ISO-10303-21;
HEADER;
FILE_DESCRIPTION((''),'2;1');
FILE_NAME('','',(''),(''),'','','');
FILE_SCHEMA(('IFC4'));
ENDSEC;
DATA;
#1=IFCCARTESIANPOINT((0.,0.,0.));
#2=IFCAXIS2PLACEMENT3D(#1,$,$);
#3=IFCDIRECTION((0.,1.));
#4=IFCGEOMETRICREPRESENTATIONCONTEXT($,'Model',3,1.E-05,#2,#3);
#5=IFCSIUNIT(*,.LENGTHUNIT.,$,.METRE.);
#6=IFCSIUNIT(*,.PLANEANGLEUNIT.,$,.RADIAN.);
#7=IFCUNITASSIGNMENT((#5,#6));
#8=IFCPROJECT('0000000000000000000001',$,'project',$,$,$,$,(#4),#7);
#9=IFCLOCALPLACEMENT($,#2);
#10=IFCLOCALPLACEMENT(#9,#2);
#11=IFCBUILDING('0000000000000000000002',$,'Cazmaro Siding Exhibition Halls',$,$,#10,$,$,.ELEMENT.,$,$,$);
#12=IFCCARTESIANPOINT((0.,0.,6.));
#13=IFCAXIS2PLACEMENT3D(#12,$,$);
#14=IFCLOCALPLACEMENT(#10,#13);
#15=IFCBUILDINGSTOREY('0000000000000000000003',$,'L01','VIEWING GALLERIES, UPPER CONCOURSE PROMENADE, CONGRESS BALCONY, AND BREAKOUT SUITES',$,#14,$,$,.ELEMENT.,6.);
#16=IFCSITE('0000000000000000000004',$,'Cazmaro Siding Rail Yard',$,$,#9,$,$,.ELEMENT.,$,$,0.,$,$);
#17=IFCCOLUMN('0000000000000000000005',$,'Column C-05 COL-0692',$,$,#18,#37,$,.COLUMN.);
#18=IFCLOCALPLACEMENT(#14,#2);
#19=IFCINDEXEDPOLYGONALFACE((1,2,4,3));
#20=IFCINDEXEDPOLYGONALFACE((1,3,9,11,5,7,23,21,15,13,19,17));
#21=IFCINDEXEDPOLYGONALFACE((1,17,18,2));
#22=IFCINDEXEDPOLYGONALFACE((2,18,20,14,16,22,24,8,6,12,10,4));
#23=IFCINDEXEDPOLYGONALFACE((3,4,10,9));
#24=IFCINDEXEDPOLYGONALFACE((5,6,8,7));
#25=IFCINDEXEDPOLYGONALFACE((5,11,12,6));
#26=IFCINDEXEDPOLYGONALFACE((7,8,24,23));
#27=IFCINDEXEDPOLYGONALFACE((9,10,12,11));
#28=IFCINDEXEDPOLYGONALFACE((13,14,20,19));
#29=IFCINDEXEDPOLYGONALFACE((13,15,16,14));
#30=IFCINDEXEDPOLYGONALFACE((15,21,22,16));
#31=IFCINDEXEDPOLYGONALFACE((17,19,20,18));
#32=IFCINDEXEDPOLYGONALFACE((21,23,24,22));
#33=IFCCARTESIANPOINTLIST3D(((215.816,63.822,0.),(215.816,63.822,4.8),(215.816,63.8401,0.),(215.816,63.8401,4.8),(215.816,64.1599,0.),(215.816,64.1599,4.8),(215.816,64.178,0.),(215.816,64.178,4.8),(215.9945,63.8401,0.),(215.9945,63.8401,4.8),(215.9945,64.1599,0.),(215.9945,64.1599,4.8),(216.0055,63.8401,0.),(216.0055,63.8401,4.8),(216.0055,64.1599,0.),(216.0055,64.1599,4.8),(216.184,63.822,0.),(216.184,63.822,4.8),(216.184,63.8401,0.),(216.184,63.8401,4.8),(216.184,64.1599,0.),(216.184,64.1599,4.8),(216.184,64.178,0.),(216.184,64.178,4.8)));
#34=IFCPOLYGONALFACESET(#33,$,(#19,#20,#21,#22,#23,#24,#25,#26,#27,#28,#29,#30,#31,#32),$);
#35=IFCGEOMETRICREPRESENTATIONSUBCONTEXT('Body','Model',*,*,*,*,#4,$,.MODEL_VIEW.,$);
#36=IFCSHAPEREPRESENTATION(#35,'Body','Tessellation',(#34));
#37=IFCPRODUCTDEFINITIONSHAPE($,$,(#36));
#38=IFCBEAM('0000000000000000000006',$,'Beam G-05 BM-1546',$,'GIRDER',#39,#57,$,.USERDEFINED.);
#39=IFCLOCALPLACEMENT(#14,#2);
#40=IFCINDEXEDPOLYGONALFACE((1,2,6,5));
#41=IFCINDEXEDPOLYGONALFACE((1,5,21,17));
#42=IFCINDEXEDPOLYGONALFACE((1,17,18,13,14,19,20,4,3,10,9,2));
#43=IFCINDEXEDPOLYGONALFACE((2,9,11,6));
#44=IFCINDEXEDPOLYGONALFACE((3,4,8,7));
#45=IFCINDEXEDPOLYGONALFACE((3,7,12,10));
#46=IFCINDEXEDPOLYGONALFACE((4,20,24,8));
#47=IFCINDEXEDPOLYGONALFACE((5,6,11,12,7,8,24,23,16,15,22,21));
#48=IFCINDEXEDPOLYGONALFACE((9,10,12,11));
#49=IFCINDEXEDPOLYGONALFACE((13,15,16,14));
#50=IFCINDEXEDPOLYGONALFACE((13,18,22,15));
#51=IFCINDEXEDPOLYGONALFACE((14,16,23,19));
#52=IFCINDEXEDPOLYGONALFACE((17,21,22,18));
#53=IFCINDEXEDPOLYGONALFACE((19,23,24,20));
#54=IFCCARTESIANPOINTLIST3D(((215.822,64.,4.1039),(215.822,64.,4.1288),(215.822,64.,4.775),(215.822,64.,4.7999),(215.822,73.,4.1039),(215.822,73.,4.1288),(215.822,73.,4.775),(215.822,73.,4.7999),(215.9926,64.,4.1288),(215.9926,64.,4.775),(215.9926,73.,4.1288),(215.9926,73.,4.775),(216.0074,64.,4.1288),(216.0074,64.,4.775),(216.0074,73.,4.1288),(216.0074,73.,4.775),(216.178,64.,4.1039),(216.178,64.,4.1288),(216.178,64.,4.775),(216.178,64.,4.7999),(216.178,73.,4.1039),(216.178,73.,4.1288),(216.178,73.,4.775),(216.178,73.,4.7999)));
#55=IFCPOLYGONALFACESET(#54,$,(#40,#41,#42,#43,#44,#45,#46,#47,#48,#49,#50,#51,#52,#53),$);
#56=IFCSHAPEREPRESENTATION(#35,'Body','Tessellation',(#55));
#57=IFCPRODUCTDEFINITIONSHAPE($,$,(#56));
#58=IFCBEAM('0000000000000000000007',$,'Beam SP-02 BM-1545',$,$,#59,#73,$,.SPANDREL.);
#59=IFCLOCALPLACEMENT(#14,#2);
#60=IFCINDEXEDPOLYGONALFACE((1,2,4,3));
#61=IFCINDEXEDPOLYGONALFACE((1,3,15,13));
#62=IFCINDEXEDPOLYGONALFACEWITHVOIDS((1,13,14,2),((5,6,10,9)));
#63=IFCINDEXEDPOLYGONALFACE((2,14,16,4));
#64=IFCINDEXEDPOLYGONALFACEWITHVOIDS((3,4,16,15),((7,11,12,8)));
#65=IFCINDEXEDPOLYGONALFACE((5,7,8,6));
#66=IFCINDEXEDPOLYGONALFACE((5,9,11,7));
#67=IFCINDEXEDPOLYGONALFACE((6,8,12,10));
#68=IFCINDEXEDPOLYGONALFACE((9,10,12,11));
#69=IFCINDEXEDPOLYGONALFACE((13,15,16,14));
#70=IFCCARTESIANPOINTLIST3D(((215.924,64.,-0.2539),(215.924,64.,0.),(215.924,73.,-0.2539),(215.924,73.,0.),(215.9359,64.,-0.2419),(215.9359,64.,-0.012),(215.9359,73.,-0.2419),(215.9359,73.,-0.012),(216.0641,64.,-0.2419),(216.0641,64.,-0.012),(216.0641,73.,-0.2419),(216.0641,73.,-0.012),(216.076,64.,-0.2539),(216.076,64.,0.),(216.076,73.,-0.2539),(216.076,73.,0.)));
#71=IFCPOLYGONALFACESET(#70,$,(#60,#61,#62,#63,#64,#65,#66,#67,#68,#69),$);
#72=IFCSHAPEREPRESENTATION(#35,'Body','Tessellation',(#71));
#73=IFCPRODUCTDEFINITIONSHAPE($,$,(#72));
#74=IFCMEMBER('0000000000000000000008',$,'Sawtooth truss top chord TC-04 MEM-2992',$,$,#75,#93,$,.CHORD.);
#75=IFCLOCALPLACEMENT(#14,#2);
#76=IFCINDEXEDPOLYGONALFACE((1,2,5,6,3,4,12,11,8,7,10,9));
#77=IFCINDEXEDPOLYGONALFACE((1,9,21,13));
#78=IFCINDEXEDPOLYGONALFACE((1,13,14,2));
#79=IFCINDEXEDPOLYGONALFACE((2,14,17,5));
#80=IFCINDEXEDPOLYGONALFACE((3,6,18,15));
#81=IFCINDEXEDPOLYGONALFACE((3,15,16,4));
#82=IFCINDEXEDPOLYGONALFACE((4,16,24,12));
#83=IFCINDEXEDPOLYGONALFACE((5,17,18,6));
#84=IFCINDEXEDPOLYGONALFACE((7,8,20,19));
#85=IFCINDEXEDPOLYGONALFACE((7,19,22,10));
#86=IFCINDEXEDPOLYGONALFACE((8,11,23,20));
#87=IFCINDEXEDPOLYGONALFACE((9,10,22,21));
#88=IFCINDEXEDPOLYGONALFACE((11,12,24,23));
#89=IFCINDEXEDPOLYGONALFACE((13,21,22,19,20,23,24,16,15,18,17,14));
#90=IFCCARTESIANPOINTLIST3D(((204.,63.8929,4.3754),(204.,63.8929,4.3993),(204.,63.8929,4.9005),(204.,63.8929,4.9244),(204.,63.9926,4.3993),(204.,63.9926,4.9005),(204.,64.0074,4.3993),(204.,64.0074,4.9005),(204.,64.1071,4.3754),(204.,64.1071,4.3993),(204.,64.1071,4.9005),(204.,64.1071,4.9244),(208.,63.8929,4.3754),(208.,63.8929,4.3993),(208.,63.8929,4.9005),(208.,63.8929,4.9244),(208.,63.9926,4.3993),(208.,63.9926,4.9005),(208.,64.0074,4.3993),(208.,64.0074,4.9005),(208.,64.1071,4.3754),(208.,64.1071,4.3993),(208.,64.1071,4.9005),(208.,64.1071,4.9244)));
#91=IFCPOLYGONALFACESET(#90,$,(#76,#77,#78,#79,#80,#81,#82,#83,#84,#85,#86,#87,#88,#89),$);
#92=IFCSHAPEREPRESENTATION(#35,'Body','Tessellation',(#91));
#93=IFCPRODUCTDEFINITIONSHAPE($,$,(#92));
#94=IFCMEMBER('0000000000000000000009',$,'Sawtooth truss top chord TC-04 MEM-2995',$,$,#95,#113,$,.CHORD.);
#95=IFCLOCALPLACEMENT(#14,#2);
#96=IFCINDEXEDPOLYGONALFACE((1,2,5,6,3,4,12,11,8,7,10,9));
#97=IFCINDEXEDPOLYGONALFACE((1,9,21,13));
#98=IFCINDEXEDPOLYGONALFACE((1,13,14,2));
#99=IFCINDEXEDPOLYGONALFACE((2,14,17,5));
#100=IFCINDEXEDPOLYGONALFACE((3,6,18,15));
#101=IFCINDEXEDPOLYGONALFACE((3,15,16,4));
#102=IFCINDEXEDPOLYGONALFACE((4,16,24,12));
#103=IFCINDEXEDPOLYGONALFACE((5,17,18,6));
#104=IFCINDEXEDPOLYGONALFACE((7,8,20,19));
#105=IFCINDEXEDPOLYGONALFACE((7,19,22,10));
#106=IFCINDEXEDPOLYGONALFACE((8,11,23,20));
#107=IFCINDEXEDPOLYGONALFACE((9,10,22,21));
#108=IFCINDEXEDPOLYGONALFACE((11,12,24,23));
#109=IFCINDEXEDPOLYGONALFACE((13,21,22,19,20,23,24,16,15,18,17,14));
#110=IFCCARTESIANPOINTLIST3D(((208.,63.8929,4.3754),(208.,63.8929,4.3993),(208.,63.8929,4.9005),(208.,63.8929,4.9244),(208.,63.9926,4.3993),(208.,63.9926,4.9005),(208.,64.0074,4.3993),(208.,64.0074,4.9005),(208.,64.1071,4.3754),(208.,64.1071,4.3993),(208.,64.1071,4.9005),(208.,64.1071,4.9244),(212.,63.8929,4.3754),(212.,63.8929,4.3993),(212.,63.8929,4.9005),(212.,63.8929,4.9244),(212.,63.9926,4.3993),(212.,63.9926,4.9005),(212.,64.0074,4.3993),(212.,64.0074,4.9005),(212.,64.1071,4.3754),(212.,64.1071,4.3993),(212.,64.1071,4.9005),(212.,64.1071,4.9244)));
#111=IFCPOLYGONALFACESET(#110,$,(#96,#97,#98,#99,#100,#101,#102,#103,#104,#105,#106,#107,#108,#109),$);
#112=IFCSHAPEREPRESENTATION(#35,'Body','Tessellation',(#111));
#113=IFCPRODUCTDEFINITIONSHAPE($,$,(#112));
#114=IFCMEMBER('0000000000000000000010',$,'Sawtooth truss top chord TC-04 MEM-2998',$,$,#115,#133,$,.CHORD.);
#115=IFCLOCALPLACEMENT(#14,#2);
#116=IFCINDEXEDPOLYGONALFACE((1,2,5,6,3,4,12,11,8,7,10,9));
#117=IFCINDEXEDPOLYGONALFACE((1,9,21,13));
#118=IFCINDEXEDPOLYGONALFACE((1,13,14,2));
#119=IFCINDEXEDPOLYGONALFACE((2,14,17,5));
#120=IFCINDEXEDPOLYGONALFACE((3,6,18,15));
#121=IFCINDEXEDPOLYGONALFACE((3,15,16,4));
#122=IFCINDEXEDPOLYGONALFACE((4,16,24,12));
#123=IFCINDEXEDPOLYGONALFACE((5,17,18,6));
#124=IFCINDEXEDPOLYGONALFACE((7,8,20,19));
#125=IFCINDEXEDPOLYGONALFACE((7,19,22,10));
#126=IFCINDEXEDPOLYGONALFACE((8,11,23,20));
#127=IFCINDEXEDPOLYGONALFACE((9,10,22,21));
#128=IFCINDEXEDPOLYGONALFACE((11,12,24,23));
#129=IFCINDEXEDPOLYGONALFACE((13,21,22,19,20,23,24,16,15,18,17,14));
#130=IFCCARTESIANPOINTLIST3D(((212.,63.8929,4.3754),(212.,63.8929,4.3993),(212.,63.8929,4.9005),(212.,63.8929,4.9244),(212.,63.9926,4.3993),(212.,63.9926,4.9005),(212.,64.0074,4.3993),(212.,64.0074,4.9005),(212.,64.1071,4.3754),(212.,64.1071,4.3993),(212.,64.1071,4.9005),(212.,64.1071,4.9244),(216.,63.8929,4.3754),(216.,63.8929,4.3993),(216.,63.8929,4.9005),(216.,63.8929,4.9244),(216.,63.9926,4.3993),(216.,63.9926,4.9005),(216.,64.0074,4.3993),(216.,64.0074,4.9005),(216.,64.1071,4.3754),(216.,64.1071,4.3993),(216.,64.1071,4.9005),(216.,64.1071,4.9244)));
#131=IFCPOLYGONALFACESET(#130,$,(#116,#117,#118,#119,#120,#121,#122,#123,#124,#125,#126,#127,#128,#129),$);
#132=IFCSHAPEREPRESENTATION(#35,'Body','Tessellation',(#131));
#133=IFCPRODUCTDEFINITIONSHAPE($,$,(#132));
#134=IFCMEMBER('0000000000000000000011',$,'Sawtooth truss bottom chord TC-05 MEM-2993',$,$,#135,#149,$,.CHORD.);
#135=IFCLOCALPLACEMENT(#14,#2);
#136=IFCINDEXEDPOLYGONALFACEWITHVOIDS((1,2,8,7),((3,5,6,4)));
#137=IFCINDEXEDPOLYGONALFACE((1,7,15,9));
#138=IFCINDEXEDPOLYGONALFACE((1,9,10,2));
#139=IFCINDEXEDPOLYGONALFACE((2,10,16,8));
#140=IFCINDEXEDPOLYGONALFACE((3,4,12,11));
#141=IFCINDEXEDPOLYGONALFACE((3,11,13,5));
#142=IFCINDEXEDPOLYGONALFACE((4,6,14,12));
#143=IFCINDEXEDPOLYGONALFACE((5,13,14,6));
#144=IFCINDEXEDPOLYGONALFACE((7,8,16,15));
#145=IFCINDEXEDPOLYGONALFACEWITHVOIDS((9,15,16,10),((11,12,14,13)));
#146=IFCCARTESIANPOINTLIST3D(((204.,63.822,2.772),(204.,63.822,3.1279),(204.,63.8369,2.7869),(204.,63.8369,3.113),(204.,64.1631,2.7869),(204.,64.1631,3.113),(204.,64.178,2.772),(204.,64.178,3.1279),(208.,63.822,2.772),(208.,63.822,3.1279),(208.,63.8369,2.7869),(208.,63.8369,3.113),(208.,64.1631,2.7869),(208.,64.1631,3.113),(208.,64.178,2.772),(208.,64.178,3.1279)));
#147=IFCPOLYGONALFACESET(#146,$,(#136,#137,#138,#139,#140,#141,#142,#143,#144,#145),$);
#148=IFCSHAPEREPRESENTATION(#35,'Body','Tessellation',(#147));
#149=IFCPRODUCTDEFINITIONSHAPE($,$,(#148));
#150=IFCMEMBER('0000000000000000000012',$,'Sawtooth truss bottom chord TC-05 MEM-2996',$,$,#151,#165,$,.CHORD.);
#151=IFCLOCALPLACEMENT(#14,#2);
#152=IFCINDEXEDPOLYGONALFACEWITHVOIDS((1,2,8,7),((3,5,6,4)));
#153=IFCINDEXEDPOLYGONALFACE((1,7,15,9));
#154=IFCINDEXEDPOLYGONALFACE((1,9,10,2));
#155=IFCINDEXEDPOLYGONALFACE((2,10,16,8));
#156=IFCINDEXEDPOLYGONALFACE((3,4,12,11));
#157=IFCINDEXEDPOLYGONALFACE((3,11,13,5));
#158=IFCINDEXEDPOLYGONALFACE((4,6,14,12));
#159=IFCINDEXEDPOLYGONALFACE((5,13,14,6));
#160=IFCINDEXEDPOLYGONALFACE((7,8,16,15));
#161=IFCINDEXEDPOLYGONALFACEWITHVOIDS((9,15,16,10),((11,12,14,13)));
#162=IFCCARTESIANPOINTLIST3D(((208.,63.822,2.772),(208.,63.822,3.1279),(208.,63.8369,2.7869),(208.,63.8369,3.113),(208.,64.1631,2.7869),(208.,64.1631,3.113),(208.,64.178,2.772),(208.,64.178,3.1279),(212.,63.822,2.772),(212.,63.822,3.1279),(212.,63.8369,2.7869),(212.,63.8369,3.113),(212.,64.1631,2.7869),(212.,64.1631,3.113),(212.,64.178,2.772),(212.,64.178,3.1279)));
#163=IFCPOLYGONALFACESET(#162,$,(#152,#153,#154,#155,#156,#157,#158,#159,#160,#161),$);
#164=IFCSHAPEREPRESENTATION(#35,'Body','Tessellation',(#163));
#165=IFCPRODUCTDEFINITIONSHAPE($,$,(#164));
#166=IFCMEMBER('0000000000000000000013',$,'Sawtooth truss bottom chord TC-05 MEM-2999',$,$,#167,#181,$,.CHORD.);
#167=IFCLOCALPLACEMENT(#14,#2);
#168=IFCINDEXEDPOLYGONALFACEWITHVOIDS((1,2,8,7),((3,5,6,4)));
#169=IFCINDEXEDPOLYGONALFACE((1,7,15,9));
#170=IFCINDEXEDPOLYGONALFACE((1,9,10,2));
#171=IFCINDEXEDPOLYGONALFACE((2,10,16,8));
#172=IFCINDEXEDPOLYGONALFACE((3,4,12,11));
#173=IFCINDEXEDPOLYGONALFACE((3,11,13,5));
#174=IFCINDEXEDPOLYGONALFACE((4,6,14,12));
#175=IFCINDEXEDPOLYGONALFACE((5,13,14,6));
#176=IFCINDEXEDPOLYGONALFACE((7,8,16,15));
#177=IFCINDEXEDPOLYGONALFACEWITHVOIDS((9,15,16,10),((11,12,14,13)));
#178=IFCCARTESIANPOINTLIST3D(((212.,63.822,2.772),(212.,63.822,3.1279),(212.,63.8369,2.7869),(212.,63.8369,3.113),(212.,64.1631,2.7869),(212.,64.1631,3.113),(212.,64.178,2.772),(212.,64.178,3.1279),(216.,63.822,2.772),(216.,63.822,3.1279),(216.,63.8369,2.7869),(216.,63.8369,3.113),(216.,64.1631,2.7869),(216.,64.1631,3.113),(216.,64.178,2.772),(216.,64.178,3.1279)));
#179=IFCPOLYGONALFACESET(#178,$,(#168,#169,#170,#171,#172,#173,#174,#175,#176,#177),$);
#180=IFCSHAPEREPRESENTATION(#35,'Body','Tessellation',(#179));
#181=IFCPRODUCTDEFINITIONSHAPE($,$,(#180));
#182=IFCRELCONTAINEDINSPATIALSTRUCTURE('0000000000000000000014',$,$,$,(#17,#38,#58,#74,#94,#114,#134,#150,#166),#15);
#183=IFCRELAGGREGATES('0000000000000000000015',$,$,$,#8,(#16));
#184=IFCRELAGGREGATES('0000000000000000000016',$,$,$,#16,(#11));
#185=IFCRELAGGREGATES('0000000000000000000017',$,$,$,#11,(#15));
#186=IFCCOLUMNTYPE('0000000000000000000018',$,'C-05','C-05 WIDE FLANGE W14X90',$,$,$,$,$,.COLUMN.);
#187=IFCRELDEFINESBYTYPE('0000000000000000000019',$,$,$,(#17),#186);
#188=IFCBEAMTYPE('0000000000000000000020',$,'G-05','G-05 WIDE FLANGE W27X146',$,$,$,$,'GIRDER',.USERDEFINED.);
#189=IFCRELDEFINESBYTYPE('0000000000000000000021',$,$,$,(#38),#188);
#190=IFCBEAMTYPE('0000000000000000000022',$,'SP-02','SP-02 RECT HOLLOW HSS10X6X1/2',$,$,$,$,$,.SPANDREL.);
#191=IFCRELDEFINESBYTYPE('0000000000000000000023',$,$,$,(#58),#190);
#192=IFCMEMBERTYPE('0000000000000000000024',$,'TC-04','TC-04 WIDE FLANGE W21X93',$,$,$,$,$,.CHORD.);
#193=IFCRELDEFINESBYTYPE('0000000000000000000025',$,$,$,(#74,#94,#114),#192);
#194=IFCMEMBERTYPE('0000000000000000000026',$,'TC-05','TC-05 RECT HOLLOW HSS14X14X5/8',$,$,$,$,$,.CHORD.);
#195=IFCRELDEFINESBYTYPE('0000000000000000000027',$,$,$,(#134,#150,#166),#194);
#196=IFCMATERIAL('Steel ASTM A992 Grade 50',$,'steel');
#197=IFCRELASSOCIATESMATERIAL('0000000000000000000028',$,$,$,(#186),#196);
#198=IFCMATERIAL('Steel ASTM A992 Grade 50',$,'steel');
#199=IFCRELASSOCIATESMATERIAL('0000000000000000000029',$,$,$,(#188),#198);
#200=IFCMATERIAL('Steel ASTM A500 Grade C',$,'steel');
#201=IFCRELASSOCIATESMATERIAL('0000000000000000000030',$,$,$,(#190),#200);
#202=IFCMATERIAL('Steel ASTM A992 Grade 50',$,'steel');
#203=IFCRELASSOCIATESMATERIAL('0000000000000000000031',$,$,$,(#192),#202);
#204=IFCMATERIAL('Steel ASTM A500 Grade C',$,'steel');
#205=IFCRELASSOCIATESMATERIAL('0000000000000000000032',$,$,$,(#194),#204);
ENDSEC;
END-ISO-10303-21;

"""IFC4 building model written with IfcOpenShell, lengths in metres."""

from ifc_helpers import new_model, si_unit, direction, frame, origin, origin_2d, place, context, subcontext, project, spatial, hollow_rectangle, i_section, extrude, material, material_profile, profile_set, type_object, element, save


model = new_model("IFC4")

# Units and contexts
model_context = context("Model", 3, precision=1e-05, world=origin(), true_north=direction((0.0, 1.0)))
body_context = subcontext(model_context, "Body", "Model", "MODEL_VIEW")
ifc_project = project(units=[si_unit("LENGTHUNIT", "METRE"), si_unit("PLANEANGLEUNIT", "RADIAN")], contexts=[model_context])

# Site, building, storey
site_placement = place(None, origin())
site = spatial("IfcSite", under=ifc_project, at=site_placement, Name="Cazmaro Siding Rail Yard", CompositionType="ELEMENT", RefElevation=0.0)
building_placement = place(site_placement, origin())
building = spatial("IfcBuilding", under=site, at=building_placement, Name="Cazmaro Siding Exhibition Halls", CompositionType="ELEMENT")
storey_placement = place(building_placement, frame((0.0, 0.0, 6.0)))
storey = spatial("IfcBuildingStorey", under=building, at=storey_placement, Name="L01", Description="VIEWING GALLERIES, UPPER CONCOURSE PROMENADE, CONGRESS BALCONY, AND BREAKOUT SUITES", CompositionType="ELEMENT", Elevation=6.0)

# Column
ifc_material_1 = material(Name="Steel ASTM A992 Grade 50", Category="steel")
ifc_material_profile_1 = material_profile(ifc_material_1, i_section(OverallWidth=0.3679, OverallDepth=0.356, WebThickness=0.011, FlangeThickness=0.0181, at=origin_2d()), Name="W14X90")
ifc_profile_set_1 = profile_set([ifc_material_profile_1], Name="Steel ASTM A992 Grade 50")
column_type = type_object("IfcColumnType", Name="C-05", Description="C-05 WIDE FLANGE W14X90", PredefinedType="COLUMN", material=ifc_profile_set_1)
column_placement = place(storey_placement, frame((216.0, 64.0, 0.0), z_axis=(0.0, 0.0, 1.0), x_axis=(1.0, 0.0, 0.0)))
element("IfcColumn", 1, at=column_placement, inside=storey, type_object=column_type, Name="Column C-05 COL-0692", PredefinedType="COLUMN", context=body_context, shape_type="SweptSolid", body=[
    extrude(i_section(OverallWidth=0.3679, OverallDepth=0.356, WebThickness=0.011, FlangeThickness=0.0181, at=origin_2d()), origin(), (0.0, 0.0, 1.0), 4.8),
])

# Beams
ifc_material_2 = material(Name="Steel ASTM A992 Grade 50", Category="steel")
ifc_material_profile_2 = material_profile(ifc_material_2, i_section(OverallWidth=0.356, OverallDepth=0.696, WebThickness=0.0149, FlangeThickness=0.0249, at=origin_2d()), Name="W27X146")
ifc_profile_set_2 = profile_set([ifc_material_profile_2], Name="Steel ASTM A992 Grade 50")
beam_type_1 = type_object("IfcBeamType", Name="G-05", Description="G-05 WIDE FLANGE W27X146", ElementType="GIRDER", PredefinedType="USERDEFINED", material=ifc_profile_set_2)
beam_1_placement = place(storey_placement, frame((216.0, 64.0, 4.4519), z_axis=(0.0, 1.0, 0.0), x_axis=(-1.0, 0.0, 0.0)))
element("IfcBeam", 2, at=beam_1_placement, inside=storey, type_object=beam_type_1, Name="Beam G-05 BM-1546", ObjectType="GIRDER", PredefinedType="USERDEFINED", context=body_context, shape_type="SweptSolid", body=[
    extrude(i_section(OverallWidth=0.356, OverallDepth=0.696, WebThickness=0.0149, FlangeThickness=0.0249, at=origin_2d()), origin(), (0.0, 0.0, 1.0), 9.0),
])
ifc_material_3 = material(Name="Steel ASTM A500 Grade C", Category="steel")
ifc_material_profile_3 = material_profile(ifc_material_3, hollow_rectangle(XDim=0.1521, YDim=0.2539, WallThickness=0.012, at=origin_2d()), Name="HSS10X6X1/2")
ifc_profile_set_3 = profile_set([ifc_material_profile_3], Name="Steel ASTM A500 Grade C")
beam_type_2 = type_object("IfcBeamType", Name="SP-02", Description="SP-02 RECT HOLLOW HSS10X6X1/2", PredefinedType="SPANDREL", material=ifc_profile_set_3)
beam_2_placement = place(storey_placement, frame((216.0, 64.0, -0.127), z_axis=(0.0, 1.0, 0.0), x_axis=(-1.0, 0.0, 0.0)))
element("IfcBeam", 3, at=beam_2_placement, inside=storey, type_object=beam_type_2, Name="Beam SP-02 BM-1545", PredefinedType="SPANDREL", context=body_context, shape_type="SweptSolid", body=[
    extrude(hollow_rectangle(XDim=0.1521, YDim=0.2539, WallThickness=0.012, at=origin_2d()), origin(), (0.0, 0.0, 1.0), 9.0),
])

# Members
ifc_material_4 = material(Name="Steel ASTM A992 Grade 50", Category="steel")
ifc_material_profile_4 = material_profile(ifc_material_4, i_section(OverallWidth=0.2141, OverallDepth=0.5491, WebThickness=0.0149, FlangeThickness=0.0239, at=origin_2d()), Name="W21X93")
ifc_profile_set_4 = profile_set([ifc_material_profile_4], Name="Steel ASTM A992 Grade 50")
member_type_1 = type_object("IfcMemberType", Name="TC-04", Description="TC-04 WIDE FLANGE W21X93", PredefinedType="CHORD", material=ifc_profile_set_4)
for number, where, z_axis, x_axis, name in (
    (4, (204.0, 64.0, 4.6499), (1.0, 0.0, 0.0), (0.0, 1.0, 0.0), "Sawtooth truss top chord TC-04 MEM-2992"),
    (5, (208.0, 64.0, 4.6499), (1.0, 0.0, 0.0), (0.0, 1.0, 0.0), "Sawtooth truss top chord TC-04 MEM-2995"),
    (6, (212.0, 64.0, 4.6499), (1.0, 0.0, 0.0), (0.0, 1.0, 0.0), "Sawtooth truss top chord TC-04 MEM-2998"),
):
    element("IfcMember", number, at=place(storey_placement, frame(where, z_axis=z_axis, x_axis=x_axis)), inside=storey, type_object=member_type_1, Name=name, PredefinedType="CHORD", context=body_context, shape_type="SweptSolid", body=[
        extrude(i_section(OverallWidth=0.2141, OverallDepth=0.5491, WebThickness=0.0149, FlangeThickness=0.0239, at=origin_2d()), origin(), (0.0, 0.0, 1.0), 4.0),
    ])
ifc_material_5 = material(Name="Steel ASTM A500 Grade C", Category="steel")
ifc_material_profile_5 = material_profile(ifc_material_5, hollow_rectangle(XDim=0.356, YDim=0.356, WallThickness=0.0149, at=origin_2d()), Name="HSS14X14X5/8")
ifc_profile_set_5 = profile_set([ifc_material_profile_5], Name="Steel ASTM A500 Grade C")
member_type_2 = type_object("IfcMemberType", Name="TC-05", Description="TC-05 RECT HOLLOW HSS14X14X5/8", PredefinedType="CHORD", material=ifc_profile_set_5)
for number, where, z_axis, x_axis, name in (
    (7, (204.0, 64.0, 2.95), (1.0, 0.0, 0.0), (0.0, 1.0, 0.0), "Sawtooth truss bottom chord TC-05 MEM-2993"),
    (8, (208.0, 64.0, 2.95), (1.0, 0.0, 0.0), (0.0, 1.0, 0.0), "Sawtooth truss bottom chord TC-05 MEM-2996"),
    (9, (212.0, 64.0, 2.95), (1.0, 0.0, 0.0), (0.0, 1.0, 0.0), "Sawtooth truss bottom chord TC-05 MEM-2999"),
):
    element("IfcMember", number, at=place(storey_placement, frame(where, z_axis=z_axis, x_axis=x_axis)), inside=storey, type_object=member_type_2, Name=name, PredefinedType="CHORD", context=body_context, shape_type="SweptSolid", body=[
        extrude(hollow_rectangle(XDim=0.356, YDim=0.356, WallThickness=0.0149, at=origin_2d()), origin(), (0.0, 0.0, 1.0), 4.0),
    ])

save(model, "model.ifc")
